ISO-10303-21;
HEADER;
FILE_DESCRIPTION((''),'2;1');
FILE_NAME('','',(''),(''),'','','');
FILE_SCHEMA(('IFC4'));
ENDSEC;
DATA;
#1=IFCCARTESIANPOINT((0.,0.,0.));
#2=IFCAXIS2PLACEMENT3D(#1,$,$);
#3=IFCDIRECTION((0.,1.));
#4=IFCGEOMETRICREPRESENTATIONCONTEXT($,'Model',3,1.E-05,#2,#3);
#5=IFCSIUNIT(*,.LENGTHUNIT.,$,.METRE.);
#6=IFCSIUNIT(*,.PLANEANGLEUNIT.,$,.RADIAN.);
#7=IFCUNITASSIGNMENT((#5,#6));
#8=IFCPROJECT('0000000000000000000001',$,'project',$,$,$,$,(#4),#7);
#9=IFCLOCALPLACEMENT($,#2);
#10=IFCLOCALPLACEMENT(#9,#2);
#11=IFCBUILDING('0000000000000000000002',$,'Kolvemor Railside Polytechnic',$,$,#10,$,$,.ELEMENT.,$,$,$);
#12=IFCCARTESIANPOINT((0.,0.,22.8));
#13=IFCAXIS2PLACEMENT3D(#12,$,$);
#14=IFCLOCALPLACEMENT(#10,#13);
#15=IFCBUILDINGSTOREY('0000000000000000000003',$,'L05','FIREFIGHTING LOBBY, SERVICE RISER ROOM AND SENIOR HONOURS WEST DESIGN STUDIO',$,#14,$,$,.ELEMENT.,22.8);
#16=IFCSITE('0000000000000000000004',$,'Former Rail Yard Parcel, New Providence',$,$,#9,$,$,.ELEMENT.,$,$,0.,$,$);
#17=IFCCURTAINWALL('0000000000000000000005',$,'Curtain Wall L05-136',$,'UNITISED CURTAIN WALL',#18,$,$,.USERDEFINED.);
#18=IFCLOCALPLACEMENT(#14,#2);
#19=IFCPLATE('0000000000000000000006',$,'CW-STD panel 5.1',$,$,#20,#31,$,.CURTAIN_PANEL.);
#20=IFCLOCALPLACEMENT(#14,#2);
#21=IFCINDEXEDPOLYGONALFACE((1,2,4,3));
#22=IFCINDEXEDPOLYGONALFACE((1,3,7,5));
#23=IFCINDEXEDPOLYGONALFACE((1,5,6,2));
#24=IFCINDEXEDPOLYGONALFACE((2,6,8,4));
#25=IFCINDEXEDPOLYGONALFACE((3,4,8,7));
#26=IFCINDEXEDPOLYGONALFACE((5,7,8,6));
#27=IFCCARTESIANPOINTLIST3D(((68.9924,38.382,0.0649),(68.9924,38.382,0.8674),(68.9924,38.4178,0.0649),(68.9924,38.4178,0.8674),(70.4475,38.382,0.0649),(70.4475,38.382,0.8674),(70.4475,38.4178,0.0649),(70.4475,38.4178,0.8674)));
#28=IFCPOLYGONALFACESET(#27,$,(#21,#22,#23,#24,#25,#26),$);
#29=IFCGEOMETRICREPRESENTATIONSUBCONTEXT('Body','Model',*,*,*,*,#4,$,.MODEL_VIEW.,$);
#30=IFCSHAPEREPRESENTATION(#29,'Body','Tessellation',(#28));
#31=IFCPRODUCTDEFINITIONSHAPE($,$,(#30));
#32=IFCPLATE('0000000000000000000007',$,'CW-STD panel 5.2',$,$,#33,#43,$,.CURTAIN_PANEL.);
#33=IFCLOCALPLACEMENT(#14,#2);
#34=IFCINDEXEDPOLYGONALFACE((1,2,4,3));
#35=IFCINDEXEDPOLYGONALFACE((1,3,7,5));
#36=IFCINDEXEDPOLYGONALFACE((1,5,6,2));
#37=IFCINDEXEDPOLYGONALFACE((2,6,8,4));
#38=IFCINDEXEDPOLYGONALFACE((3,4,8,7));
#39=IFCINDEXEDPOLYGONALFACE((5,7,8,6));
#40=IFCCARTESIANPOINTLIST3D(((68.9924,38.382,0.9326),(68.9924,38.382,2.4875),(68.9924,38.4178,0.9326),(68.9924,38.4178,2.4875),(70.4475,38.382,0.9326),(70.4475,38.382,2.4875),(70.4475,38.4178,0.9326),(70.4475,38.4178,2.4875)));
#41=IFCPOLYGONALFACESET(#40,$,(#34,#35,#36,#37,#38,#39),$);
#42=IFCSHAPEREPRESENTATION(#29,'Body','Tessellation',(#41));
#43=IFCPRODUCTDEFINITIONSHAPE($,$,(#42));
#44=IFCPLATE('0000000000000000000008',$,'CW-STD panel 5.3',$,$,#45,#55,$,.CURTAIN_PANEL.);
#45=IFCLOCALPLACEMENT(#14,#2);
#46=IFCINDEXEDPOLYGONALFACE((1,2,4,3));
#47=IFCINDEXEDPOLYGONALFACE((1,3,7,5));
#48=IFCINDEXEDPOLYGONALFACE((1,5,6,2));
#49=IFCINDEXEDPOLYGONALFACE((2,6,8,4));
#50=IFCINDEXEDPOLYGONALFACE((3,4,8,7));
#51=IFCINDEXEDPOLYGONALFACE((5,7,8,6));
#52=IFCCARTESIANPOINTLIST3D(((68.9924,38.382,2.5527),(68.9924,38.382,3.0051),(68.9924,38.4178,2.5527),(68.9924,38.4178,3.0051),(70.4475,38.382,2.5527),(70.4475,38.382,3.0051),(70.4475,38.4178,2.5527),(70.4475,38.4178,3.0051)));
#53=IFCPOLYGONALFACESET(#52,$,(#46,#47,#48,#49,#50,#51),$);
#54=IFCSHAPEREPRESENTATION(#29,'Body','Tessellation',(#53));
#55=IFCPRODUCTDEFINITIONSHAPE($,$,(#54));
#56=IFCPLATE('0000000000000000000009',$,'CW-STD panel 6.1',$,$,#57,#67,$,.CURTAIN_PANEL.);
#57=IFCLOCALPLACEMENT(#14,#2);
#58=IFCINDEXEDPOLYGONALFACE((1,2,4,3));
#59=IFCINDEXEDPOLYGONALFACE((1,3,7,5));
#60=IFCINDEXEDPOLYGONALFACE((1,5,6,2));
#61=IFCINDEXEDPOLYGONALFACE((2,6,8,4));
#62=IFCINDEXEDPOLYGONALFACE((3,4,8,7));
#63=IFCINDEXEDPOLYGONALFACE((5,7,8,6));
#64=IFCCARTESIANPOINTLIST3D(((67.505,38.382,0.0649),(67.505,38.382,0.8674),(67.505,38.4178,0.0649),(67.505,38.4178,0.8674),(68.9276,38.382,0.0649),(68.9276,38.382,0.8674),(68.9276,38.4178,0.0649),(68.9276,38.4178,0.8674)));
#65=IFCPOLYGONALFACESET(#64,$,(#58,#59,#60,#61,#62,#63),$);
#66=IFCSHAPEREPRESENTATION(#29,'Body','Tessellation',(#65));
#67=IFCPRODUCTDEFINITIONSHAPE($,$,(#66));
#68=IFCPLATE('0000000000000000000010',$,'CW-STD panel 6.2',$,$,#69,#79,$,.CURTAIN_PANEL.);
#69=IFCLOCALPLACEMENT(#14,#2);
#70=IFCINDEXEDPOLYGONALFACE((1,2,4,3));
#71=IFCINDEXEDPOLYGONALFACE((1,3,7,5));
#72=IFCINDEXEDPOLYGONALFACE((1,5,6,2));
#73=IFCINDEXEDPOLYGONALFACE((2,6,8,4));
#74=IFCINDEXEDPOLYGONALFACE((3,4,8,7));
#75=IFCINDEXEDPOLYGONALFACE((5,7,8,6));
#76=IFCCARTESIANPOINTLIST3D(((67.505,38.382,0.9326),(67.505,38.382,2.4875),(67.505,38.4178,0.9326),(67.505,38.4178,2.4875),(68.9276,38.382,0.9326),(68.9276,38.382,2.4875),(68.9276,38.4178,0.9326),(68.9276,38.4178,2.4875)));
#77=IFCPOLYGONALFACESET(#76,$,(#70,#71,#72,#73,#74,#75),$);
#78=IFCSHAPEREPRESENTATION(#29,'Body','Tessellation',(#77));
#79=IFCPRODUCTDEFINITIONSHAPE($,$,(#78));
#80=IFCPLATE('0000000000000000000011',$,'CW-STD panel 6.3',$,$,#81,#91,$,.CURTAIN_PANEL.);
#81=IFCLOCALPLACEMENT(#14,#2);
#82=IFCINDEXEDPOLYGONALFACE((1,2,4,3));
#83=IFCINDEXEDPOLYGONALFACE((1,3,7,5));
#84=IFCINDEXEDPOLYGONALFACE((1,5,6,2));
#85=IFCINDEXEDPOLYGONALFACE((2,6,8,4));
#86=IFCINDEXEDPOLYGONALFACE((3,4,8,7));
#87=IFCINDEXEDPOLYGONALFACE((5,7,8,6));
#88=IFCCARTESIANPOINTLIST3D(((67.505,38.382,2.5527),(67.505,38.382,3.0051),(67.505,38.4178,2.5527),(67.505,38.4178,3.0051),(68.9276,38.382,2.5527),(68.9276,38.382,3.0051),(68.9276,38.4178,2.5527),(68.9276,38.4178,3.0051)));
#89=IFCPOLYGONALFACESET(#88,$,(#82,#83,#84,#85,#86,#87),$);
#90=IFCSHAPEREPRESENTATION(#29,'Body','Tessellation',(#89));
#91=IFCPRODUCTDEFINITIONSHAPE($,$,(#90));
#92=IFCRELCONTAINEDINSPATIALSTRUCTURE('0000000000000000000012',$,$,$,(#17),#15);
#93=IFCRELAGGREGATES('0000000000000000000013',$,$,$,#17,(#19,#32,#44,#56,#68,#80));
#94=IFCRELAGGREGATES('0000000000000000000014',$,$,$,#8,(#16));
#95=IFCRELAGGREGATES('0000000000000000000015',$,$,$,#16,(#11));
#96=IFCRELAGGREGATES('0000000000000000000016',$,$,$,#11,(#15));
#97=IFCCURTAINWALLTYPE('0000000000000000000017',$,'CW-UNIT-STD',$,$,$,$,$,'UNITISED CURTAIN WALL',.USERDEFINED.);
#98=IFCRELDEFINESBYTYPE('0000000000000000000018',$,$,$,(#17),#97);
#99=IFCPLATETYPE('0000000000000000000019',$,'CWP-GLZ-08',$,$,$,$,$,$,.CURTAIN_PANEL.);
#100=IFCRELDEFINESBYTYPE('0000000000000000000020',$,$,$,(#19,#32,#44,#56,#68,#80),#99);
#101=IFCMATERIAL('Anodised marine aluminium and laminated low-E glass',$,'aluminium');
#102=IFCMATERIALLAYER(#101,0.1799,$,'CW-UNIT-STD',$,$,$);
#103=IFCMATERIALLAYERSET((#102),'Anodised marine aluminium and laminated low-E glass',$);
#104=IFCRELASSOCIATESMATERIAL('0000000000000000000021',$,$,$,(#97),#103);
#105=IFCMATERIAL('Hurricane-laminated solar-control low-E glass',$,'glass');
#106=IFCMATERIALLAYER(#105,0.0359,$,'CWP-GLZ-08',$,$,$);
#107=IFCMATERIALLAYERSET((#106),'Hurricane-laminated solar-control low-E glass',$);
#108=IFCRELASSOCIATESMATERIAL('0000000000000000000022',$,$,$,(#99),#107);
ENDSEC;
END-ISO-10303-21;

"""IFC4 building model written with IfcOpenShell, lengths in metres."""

from ifc_helpers import new_model, si_unit, direction, frame, origin, origin_2d, place, context, subcontext, project, spatial, rectangle, extrude, material, layer, layer_set, type_object, element, aggregate, save


model = new_model("IFC4")

# Units and contexts
model_context = context("Model", 3, precision=1e-05, world=origin(), true_north=direction((0.0, 1.0)))
body_context = subcontext(model_context, "Body", "Model", "MODEL_VIEW")
ifc_project = project(units=[si_unit("LENGTHUNIT", "METRE"), si_unit("PLANEANGLEUNIT", "RADIAN")], contexts=[model_context])

# Site, building, storey
site_placement = place(None, origin())
site = spatial("IfcSite", under=ifc_project, at=site_placement, Name="Former Rail Yard Parcel, New Providence", CompositionType="ELEMENT", RefElevation=0.0)
building_placement = place(site_placement, origin())
building = spatial("IfcBuilding", under=site, at=building_placement, Name="Kolvemor Railside Polytechnic", CompositionType="ELEMENT")
storey_placement = place(building_placement, frame((0.0, 0.0, 22.8)))
storey = spatial("IfcBuildingStorey", under=building, at=storey_placement, Name="L05", Description="FIREFIGHTING LOBBY, SERVICE RISER ROOM AND SENIOR HONOURS WEST DESIGN STUDIO", CompositionType="ELEMENT", Elevation=22.8)

# Curtain wall, plates
ifc_material_1 = material(Name="Anodised marine aluminium and laminated low-E glass", Category="aluminium")
ifc_layer_1 = layer(ifc_material_1, 0.1799, Name="CW-UNIT-STD")
ifc_layer_set_1 = layer_set([ifc_layer_1], Name="Anodised marine aluminium and laminated low-E glass")
curtain_wall_type = type_object("IfcCurtainWallType", Name="CW-UNIT-STD", ElementType="UNITISED CURTAIN WALL", PredefinedType="USERDEFINED", material=ifc_layer_set_1)
curtain_wall_placement = place(storey_placement, origin())
curtain_wall = element("IfcCurtainWall", 1, at=curtain_wall_placement, inside=storey, type_object=curtain_wall_type, Name="Curtain Wall L05-136", ObjectType="UNITISED CURTAIN WALL", PredefinedType="USERDEFINED")
ifc_material_2 = material(Name="Hurricane-laminated solar-control low-E glass", Category="glass")
ifc_layer_2 = layer(ifc_material_2, 0.0359, Name="CWP-GLZ-08")
ifc_layer_set_2 = layer_set([ifc_layer_2], Name="Hurricane-laminated solar-control low-E glass")
plate_type = type_object("IfcPlateType", Name="CWP-GLZ-08", PredefinedType="CURTAIN_PANEL", material=ifc_layer_set_2)
plate_1_placement = place(storey_placement, frame((69.72, 38.3999, 0.0649), z_axis=(0.0, 0.0, 1.0), x_axis=(-1.0, 0.0, 0.0)))
plate_1 = element("IfcPlate", 2, at=plate_1_placement, type_object=plate_type, Name="CW-STD panel 5.1", PredefinedType="CURTAIN_PANEL", context=body_context, shape_type="SweptSolid", body=[
    extrude(rectangle(XDim=1.4551, YDim=0.0359, at=origin_2d()), origin(), (0.0, 0.0, 1.0), 0.8025),
])
plate_2_placement = place(storey_placement, frame((69.72, 38.3999, 0.9326), z_axis=(0.0, 0.0, 1.0), x_axis=(-1.0, 0.0, 0.0)))
plate_2 = element("IfcPlate", 3, at=plate_2_placement, type_object=plate_type, Name="CW-STD panel 5.2", PredefinedType="CURTAIN_PANEL", context=body_context, shape_type="SweptSolid", body=[
    extrude(rectangle(XDim=1.4551, YDim=0.0359, at=origin_2d()), origin(), (0.0, 0.0, 1.0), 1.5549),
])
plate_3_placement = place(storey_placement, frame((69.72, 38.3999, 2.5527), z_axis=(0.0, 0.0, 1.0), x_axis=(-1.0, 0.0, 0.0)))
plate_3 = element("IfcPlate", 4, at=plate_3_placement, type_object=plate_type, Name="CW-STD panel 5.3", PredefinedType="CURTAIN_PANEL", context=body_context, shape_type="SweptSolid", body=[
    extrude(rectangle(XDim=1.4551, YDim=0.0359, at=origin_2d()), origin(), (0.0, 0.0, 1.0), 0.4524),
])
plate_4_placement = place(storey_placement, frame((68.2163, 38.3999, 0.0649), z_axis=(0.0, 0.0, 1.0), x_axis=(-1.0, 0.0, 0.0)))
plate_4 = element("IfcPlate", 5, at=plate_4_placement, type_object=plate_type, Name="CW-STD panel 6.1", PredefinedType="CURTAIN_PANEL", context=body_context, shape_type="SweptSolid", body=[
    extrude(rectangle(XDim=1.4226, YDim=0.0359, at=origin_2d()), origin(), (0.0, 0.0, 1.0), 0.8025),
])
plate_5_placement = place(storey_placement, frame((68.2163, 38.3999, 0.9326), z_axis=(0.0, 0.0, 1.0), x_axis=(-1.0, 0.0, 0.0)))
plate_5 = element("IfcPlate", 6, at=plate_5_placement, type_object=plate_type, Name="CW-STD panel 6.2", PredefinedType="CURTAIN_PANEL", context=body_context, shape_type="SweptSolid", body=[
    extrude(rectangle(XDim=1.4226, YDim=0.0359, at=origin_2d()), origin(), (0.0, 0.0, 1.0), 1.5549),
])
plate_6_placement = place(storey_placement, frame((68.2163, 38.3999, 2.5527), z_axis=(0.0, 0.0, 1.0), x_axis=(-1.0, 0.0, 0.0)))
plate_6 = element("IfcPlate", 7, at=plate_6_placement, type_object=plate_type, Name="CW-STD panel 6.3", PredefinedType="CURTAIN_PANEL", context=body_context, shape_type="SweptSolid", body=[
    extrude(rectangle(XDim=1.4226, YDim=0.0359, at=origin_2d()), origin(), (0.0, 0.0, 1.0), 0.4524),
])
aggregate(curtain_wall, [plate_1, plate_2, plate_3, plate_4, plate_5, plate_6])

save(model, "model.ifc")
